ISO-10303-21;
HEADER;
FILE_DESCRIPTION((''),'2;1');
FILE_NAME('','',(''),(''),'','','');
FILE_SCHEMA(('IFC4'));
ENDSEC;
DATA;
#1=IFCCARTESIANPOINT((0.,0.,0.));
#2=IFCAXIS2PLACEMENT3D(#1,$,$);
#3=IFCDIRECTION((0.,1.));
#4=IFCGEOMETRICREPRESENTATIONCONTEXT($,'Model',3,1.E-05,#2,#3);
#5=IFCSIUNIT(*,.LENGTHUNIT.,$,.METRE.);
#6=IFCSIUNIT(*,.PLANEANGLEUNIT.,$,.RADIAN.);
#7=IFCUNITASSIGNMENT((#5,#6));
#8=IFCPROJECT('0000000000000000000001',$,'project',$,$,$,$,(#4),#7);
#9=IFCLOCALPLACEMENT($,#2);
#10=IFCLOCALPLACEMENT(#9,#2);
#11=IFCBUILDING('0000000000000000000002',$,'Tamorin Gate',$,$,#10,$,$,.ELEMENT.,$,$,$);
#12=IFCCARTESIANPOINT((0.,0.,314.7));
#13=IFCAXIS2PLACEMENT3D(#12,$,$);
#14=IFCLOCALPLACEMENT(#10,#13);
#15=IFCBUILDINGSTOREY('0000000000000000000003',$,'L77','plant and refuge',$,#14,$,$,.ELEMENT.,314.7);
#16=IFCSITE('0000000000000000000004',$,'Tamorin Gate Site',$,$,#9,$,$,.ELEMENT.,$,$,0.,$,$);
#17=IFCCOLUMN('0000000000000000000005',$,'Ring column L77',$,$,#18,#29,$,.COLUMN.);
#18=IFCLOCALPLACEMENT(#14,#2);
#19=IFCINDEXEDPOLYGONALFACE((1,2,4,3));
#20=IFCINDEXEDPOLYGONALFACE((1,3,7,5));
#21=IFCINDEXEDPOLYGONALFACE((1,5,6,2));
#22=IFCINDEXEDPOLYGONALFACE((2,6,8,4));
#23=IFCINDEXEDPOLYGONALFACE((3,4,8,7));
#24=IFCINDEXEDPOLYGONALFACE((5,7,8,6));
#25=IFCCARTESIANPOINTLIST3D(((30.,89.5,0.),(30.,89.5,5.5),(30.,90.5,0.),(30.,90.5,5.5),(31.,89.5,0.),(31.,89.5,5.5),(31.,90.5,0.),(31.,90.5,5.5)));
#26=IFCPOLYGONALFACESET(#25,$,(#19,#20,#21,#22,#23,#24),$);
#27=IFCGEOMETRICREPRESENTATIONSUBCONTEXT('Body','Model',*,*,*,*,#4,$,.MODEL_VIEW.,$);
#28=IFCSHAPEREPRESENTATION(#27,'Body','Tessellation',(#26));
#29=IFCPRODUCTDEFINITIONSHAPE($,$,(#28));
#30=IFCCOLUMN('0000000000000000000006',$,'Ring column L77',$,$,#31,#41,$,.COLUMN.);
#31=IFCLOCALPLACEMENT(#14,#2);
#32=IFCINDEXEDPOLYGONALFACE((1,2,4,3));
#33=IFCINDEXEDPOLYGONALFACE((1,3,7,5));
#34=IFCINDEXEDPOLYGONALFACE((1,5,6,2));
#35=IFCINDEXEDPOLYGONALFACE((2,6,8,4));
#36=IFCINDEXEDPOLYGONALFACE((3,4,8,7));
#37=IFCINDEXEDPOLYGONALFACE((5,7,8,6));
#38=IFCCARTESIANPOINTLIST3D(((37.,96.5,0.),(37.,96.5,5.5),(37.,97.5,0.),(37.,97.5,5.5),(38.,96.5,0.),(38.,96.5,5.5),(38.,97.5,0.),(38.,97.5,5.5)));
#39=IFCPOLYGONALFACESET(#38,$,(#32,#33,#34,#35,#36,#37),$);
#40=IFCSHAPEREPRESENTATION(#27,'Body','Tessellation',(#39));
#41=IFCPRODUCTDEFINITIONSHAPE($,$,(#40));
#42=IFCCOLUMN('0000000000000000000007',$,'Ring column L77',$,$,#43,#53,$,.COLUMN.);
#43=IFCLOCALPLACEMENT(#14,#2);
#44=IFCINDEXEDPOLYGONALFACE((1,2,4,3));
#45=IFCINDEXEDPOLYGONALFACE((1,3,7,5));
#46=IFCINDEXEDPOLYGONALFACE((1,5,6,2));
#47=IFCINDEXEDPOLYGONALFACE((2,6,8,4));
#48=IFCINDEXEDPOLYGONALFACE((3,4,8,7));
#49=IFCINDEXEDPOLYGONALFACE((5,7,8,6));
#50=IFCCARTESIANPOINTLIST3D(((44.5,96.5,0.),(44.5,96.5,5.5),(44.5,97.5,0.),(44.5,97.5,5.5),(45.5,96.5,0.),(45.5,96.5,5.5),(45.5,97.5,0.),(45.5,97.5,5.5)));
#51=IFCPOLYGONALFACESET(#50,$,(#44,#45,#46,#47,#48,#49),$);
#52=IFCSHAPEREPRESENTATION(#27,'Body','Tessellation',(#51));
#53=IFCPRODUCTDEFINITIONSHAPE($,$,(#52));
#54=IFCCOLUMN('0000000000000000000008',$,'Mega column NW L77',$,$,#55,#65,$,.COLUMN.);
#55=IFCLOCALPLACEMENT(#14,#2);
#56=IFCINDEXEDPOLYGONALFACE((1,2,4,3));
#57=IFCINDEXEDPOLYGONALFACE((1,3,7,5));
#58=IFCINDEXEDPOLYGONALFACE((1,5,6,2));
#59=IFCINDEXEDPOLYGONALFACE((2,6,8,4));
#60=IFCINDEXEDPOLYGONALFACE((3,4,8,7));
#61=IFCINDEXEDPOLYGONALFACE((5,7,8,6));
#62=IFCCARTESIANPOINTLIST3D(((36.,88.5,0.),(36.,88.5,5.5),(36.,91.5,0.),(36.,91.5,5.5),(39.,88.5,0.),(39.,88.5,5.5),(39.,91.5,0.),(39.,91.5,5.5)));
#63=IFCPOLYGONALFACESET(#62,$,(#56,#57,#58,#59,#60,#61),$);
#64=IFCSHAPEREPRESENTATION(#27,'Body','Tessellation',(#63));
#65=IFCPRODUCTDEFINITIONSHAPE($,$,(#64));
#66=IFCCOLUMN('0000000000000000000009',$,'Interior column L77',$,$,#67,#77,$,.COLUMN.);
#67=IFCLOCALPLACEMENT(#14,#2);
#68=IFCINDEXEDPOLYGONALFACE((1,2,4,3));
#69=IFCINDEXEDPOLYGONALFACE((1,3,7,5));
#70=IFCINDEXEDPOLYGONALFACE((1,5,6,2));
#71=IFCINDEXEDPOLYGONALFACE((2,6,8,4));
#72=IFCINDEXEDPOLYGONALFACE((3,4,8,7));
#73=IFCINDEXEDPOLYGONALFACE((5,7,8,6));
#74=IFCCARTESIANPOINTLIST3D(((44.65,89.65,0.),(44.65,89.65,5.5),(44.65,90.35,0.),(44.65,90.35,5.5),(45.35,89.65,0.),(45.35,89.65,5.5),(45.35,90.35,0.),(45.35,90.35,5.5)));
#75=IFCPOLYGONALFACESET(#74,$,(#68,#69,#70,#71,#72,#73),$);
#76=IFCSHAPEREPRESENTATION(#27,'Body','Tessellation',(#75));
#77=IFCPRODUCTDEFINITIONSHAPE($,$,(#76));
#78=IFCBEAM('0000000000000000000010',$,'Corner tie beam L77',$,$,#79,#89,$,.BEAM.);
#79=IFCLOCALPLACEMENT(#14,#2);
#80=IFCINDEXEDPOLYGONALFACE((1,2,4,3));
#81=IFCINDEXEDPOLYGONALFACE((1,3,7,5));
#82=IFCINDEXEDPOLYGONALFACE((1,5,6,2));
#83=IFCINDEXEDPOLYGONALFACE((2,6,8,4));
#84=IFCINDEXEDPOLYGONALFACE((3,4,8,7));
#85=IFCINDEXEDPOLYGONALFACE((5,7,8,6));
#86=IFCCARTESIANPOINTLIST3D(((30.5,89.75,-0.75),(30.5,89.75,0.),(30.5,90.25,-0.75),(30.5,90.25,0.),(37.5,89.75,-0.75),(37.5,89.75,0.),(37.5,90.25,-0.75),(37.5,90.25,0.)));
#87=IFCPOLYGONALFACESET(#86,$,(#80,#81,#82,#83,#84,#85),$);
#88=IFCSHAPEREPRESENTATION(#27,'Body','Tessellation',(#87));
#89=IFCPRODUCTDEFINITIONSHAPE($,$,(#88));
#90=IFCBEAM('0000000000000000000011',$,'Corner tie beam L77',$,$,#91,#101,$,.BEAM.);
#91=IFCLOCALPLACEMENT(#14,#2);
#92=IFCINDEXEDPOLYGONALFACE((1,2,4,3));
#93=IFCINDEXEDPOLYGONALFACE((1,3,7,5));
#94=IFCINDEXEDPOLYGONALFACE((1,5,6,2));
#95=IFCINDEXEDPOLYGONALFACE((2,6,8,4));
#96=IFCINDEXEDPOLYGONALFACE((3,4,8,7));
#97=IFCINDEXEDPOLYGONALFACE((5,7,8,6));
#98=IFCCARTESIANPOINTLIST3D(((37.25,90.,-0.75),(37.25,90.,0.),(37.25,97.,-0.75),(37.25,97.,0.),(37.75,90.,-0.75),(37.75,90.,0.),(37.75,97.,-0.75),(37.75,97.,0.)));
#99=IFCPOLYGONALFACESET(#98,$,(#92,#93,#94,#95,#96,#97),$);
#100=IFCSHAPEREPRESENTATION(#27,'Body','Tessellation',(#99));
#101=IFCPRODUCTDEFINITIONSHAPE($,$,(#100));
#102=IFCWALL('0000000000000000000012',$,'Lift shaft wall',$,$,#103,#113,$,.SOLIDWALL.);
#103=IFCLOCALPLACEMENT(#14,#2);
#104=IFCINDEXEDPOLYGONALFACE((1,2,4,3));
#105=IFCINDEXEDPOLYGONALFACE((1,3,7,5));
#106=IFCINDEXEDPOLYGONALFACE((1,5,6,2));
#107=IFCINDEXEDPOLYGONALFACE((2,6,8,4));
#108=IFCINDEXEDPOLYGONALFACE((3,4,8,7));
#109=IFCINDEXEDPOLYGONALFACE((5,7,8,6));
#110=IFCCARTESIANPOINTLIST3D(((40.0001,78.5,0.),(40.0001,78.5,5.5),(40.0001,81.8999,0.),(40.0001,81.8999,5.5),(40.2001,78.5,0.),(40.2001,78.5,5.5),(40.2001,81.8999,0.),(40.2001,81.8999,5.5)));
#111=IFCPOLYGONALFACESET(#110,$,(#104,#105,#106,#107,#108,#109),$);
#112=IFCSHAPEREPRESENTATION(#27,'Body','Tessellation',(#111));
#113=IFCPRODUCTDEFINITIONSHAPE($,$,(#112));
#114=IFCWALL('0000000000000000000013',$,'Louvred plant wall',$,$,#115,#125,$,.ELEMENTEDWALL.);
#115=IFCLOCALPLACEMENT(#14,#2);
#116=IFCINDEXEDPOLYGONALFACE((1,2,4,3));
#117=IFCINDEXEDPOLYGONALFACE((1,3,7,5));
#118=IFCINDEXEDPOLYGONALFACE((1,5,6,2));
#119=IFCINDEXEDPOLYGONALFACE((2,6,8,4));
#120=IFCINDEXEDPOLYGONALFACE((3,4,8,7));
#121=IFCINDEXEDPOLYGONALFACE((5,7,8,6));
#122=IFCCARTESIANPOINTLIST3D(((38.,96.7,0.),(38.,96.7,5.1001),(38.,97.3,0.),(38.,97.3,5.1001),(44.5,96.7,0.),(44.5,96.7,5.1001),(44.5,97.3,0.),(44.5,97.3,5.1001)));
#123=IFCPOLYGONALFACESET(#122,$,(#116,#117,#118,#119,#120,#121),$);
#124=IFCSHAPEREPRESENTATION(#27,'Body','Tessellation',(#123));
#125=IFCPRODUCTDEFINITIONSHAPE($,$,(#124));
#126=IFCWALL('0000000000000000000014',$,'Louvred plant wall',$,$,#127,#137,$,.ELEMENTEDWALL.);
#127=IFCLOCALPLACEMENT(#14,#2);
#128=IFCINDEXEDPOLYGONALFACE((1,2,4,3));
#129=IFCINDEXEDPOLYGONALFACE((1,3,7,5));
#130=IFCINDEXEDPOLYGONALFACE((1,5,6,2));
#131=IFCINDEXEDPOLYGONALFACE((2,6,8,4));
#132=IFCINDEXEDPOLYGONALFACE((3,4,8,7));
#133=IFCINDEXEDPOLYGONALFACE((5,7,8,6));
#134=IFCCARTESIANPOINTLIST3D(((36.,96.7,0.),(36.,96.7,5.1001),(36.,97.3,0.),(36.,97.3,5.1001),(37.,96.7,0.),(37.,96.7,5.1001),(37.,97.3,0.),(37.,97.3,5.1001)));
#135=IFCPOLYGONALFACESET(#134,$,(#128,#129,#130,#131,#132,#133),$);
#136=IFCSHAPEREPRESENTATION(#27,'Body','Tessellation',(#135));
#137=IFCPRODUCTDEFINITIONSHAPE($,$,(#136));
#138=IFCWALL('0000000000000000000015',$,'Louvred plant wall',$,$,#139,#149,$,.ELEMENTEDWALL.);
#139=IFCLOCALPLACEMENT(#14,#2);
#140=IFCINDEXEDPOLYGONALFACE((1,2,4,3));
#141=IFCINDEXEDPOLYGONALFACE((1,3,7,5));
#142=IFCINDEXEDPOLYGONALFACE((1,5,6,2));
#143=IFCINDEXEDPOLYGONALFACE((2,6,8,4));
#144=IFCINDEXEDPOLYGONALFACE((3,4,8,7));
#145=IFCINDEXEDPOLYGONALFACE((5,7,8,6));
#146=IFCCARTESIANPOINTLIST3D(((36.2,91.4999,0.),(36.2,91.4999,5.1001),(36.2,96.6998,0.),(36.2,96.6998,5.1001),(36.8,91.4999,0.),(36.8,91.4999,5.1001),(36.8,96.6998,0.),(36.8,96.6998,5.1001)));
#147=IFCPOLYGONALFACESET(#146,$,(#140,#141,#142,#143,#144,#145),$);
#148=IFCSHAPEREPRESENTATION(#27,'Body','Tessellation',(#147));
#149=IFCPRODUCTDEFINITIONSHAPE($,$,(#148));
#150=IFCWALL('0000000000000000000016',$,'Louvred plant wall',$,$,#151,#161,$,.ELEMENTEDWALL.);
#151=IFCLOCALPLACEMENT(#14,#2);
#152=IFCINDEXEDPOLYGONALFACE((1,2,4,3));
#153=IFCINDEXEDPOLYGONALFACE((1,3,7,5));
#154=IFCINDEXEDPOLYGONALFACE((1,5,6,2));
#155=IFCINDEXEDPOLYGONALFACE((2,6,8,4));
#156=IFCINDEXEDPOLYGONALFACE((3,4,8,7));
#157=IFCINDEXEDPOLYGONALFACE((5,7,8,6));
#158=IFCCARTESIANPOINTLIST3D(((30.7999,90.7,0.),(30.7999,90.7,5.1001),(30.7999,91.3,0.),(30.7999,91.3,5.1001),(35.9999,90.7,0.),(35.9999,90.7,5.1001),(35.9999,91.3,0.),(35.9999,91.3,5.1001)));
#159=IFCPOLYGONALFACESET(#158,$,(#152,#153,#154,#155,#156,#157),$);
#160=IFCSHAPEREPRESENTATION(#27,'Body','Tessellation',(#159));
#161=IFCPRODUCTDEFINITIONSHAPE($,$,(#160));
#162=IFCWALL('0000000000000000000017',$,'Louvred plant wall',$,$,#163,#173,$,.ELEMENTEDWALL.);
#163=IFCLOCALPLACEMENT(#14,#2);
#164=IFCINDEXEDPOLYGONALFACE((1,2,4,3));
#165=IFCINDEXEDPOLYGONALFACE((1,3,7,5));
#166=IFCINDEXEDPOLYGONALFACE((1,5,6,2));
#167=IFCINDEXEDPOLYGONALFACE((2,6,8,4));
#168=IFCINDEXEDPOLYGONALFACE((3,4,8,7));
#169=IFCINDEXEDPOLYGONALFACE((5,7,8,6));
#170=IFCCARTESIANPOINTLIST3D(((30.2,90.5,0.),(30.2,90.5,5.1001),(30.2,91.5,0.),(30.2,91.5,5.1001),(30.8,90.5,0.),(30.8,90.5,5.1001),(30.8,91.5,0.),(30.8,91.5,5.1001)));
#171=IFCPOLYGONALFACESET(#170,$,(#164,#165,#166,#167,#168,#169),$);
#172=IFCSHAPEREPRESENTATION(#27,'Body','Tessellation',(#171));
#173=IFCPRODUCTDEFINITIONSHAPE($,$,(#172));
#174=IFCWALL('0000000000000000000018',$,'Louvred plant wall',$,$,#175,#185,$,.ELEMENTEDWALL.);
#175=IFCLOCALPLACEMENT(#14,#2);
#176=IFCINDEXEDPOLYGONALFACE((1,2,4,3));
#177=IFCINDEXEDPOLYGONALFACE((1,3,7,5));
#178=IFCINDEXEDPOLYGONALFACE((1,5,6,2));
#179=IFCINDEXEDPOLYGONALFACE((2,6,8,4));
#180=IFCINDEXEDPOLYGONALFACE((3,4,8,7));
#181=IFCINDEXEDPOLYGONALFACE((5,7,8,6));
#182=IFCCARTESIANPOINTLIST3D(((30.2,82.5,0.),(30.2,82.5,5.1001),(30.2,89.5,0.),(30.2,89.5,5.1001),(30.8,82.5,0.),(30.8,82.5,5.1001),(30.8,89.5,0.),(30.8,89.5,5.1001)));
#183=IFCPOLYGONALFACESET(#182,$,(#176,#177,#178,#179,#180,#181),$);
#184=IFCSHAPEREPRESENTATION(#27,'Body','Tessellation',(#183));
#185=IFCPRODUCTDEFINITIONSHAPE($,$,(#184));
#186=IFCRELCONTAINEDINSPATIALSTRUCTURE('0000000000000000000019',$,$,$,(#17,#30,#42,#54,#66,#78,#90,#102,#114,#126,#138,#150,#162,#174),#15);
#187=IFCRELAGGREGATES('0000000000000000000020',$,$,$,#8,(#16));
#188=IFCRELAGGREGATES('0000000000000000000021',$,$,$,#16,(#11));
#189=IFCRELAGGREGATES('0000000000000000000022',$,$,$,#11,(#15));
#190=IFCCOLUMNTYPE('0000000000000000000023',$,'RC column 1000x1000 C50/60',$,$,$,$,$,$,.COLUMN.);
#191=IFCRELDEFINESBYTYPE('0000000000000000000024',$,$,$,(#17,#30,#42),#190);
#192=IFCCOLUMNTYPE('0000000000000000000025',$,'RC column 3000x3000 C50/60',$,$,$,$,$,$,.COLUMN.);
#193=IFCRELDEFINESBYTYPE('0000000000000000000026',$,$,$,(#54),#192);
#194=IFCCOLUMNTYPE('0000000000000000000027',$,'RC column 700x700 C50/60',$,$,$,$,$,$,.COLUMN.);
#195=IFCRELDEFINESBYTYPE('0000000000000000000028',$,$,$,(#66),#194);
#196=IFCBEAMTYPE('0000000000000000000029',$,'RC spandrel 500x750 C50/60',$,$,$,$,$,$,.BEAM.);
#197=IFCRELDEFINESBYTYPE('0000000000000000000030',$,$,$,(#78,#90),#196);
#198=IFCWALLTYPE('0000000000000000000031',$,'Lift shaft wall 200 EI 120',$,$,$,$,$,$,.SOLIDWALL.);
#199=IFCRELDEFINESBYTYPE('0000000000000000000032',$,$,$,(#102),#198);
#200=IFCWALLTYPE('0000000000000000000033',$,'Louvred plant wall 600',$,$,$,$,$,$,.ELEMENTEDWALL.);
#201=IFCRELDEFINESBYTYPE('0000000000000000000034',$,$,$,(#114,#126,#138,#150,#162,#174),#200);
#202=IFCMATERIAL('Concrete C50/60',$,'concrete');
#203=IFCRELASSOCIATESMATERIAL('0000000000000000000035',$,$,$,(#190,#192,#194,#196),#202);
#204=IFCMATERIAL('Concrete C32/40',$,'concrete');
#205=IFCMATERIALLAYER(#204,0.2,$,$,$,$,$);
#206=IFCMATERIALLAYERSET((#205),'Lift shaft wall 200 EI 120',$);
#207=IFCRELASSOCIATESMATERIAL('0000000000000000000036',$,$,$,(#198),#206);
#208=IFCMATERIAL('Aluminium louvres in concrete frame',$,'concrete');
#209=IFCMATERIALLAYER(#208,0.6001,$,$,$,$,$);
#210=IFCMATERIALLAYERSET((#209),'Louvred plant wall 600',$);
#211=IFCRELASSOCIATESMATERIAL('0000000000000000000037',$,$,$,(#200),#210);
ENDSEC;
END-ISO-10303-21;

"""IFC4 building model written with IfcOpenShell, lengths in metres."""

from ifc_helpers import new_model, si_unit, direction, frame, frame_2d, origin, origin_2d, place, context, subcontext, project, spatial, rectangle, extrude, material, layer, layer_set, material_profile, profile_set, type_object, element, save


model = new_model("IFC4")

# Units and contexts
model_context = context("Model", 3, precision=1e-05, world=origin(), true_north=direction((0.0, 1.0)))
body_context = subcontext(model_context, "Body", "Model", "MODEL_VIEW")
ifc_project = project(units=[si_unit("LENGTHUNIT", "METRE"), si_unit("PLANEANGLEUNIT", "RADIAN")], contexts=[model_context])

# Site, building, storey
site_placement = place(None, origin())
site = spatial("IfcSite", under=ifc_project, at=site_placement, Name="Tamorin Gate Site", CompositionType="ELEMENT", RefElevation=0.0)
building_placement = place(site_placement, origin())
building = spatial("IfcBuilding", under=site, at=building_placement, Name="Tamorin Gate", CompositionType="ELEMENT")
storey_placement = place(building_placement, frame((0.0, 0.0, 314.7)))
storey = spatial("IfcBuildingStorey", under=building, at=storey_placement, Name="L77", Description="plant and refuge", CompositionType="ELEMENT", Elevation=314.7)

# Columns
ifc_material_1 = material(Name="Concrete C50/60", Category="concrete")
ifc_material_profile_1 = material_profile(ifc_material_1, rectangle(XDim=1.0, YDim=1.0, at=origin_2d()), Name="RC 1000x1000")
ifc_profile_set_1 = profile_set([ifc_material_profile_1], Name="Concrete C50/60")
column_type_1 = type_object("IfcColumnType", Name="RC column 1000x1000 C50/60", PredefinedType="COLUMN", material=ifc_profile_set_1)
for number, where, z_axis, x_axis, name in (
    (1, (30.5, 90.0, 0.0), (0.0, 0.0, 1.0), (1.0, 0.0, 0.0), "Ring column L77"),
    (2, (37.5, 97.0, 0.0), (0.0, 0.0, 1.0), (1.0, 0.0, 0.0), "Ring column L77"),
    (3, (45.0, 97.0, 0.0), (0.0, 0.0, 1.0), (1.0, 0.0, 0.0), "Ring column L77"),
):
    element("IfcColumn", number, at=place(storey_placement, frame(where, z_axis=z_axis, x_axis=x_axis)), inside=storey, type_object=column_type_1, Name=name, PredefinedType="COLUMN", context=body_context, shape_type="SweptSolid", body=[
        extrude(rectangle(XDim=1.0, YDim=1.0, at=origin_2d()), origin(), (0.0, 0.0, 1.0), 5.5),
    ])
ifc_material_profile_2 = material_profile(ifc_material_1, rectangle(XDim=3.0, YDim=3.0, at=origin_2d()), Name="RC 3000x3000")
ifc_profile_set_2 = profile_set([ifc_material_profile_2], Name="Concrete C50/60")
column_type_2 = type_object("IfcColumnType", Name="RC column 3000x3000 C50/60", PredefinedType="COLUMN", material=ifc_profile_set_2)
column_1_placement = place(storey_placement, frame((37.5, 90.0, 0.0), z_axis=(0.0, 0.0, 1.0), x_axis=(1.0, 0.0, 0.0)))
element("IfcColumn", 4, at=column_1_placement, inside=storey, type_object=column_type_2, Name="Mega column NW L77", PredefinedType="COLUMN", context=body_context, shape_type="SweptSolid", body=[
    extrude(rectangle(XDim=3.0, YDim=3.0, at=origin_2d()), origin(), (0.0, 0.0, 1.0), 5.5),
])
ifc_material_profile_3 = material_profile(ifc_material_1, rectangle(XDim=0.7, YDim=0.7, at=origin_2d()), Name="RC 700x700")
ifc_profile_set_3 = profile_set([ifc_material_profile_3], Name="Concrete C50/60")
column_type_3 = type_object("IfcColumnType", Name="RC column 700x700 C50/60", PredefinedType="COLUMN", material=ifc_profile_set_3)
column_2_placement = place(storey_placement, frame((45.0, 90.0, 0.0), z_axis=(0.0, 0.0, 1.0), x_axis=(1.0, 0.0, 0.0)))
element("IfcColumn", 5, at=column_2_placement, inside=storey, type_object=column_type_3, Name="Interior column L77", PredefinedType="COLUMN", context=body_context, shape_type="SweptSolid", body=[
    extrude(rectangle(XDim=0.7, YDim=0.7, at=origin_2d()), origin(), (0.0, 0.0, 1.0), 5.5),
])

# Beams
ifc_material_profile_4 = material_profile(ifc_material_1, rectangle(XDim=0.5, YDim=0.75, at=origin_2d()), Name="RC 500x750")
ifc_profile_set_4 = profile_set([ifc_material_profile_4], Name="Concrete C50/60")
beam_type = type_object("IfcBeamType", Name="RC spandrel 500x750 C50/60", PredefinedType="BEAM", material=ifc_profile_set_4)
for number, where, z_axis, x_axis, name in (
    (6, (37.5, 90.0, -0.375), (-1.0, 0.0, 0.0), (0.0, -1.0, 0.0), "Corner tie beam L77"),
    (7, (37.5, 90.0, -0.375), (0.0, 1.0, 0.0), (-1.0, 0.0, 0.0), "Corner tie beam L77"),
):
    element("IfcBeam", number, at=place(storey_placement, frame(where, z_axis=z_axis, x_axis=x_axis)), inside=storey, type_object=beam_type, Name=name, PredefinedType="BEAM", context=body_context, shape_type="SweptSolid", body=[
        extrude(rectangle(XDim=0.5, YDim=0.75, at=origin_2d()), origin(), (0.0, 0.0, 1.0), 7.0),
    ])

# Walls
ifc_material_2 = material(Name="Concrete C32/40", Category="concrete")
ifc_layer_1 = layer(ifc_material_2, 0.2)
ifc_layer_set_1 = layer_set([ifc_layer_1], Name="Lift shaft wall 200 EI 120")
wall_type_1 = type_object("IfcWallType", Name="Lift shaft wall 200 EI 120", PredefinedType="SOLIDWALL", material=ifc_layer_set_1)
wall_1_placement = place(storey_placement, frame((40.1001, 78.5, 0.0), z_axis=(0.0, 0.0, 1.0), x_axis=(0.0, 1.0, 0.0)))
element("IfcWall", 8, at=wall_1_placement, inside=storey, type_object=wall_type_1, Name="Lift shaft wall", PredefinedType="SOLIDWALL", context=body_context, shape_type="SweptSolid", body=[
    extrude(rectangle(XDim=3.3999, YDim=0.2, at=frame_2d((1.7, 0.0))), origin(), (0.0, 0.0, 1.0), 5.5),
])
ifc_material_3 = material(Name="Aluminium louvres in concrete frame", Category="concrete")
ifc_layer_2 = layer(ifc_material_3, 0.6001)
ifc_layer_set_2 = layer_set([ifc_layer_2], Name="Louvred plant wall 600")
wall_type_2 = type_object("IfcWallType", Name="Louvred plant wall 600", PredefinedType="ELEMENTEDWALL", material=ifc_layer_set_2)
wall_2_placement = place(storey_placement, frame((44.5, 97.0, 0.0), z_axis=(0.0, 0.0, 1.0), x_axis=(-1.0, 0.0, 0.0)))
element("IfcWall", 9, at=wall_2_placement, inside=storey, type_object=wall_type_2, Name="Louvred plant wall", PredefinedType="ELEMENTEDWALL", context=body_context, shape_type="SweptSolid", body=[
    extrude(rectangle(XDim=6.5, YDim=0.6001, at=frame_2d((3.25, 0.0))), origin(), (0.0, 0.0, 1.0), 5.1001),
])
wall_3_placement = place(storey_placement, frame((37.0, 97.0, 0.0), z_axis=(0.0, 0.0, 1.0), x_axis=(-1.0, 0.0, 0.0)))
element("IfcWall", 10, at=wall_3_placement, inside=storey, type_object=wall_type_2, Name="Louvred plant wall", PredefinedType="ELEMENTEDWALL", context=body_context, shape_type="SweptSolid", body=[
    extrude(rectangle(XDim=1.0, YDim=0.6001, at=frame_2d((0.5, 0.0))), origin(), (0.0, 0.0, 1.0), 5.1001),
])
for number, where, z_axis, x_axis, name in (
    (11, (36.5, 96.7, 0.0), (0.0, 0.0, 1.0), (0.0, -1.0, 0.0), "Louvred plant wall"),
    (12, (36.0, 91.0, 0.0), (0.0, 0.0, 1.0), (-1.0, 0.0, 0.0), "Louvred plant wall"),
):
    element("IfcWall", number, at=place(storey_placement, frame(where, z_axis=z_axis, x_axis=x_axis)), inside=storey, type_object=wall_type_2, Name=name, PredefinedType="ELEMENTEDWALL", context=body_context, shape_type="SweptSolid", body=[
        extrude(rectangle(XDim=5.2, YDim=0.6001, at=frame_2d((2.6001, 0.0))), origin(), (0.0, 0.0, 1.0), 5.1001),
    ])
wall_4_placement = place(storey_placement, frame((30.5, 91.5, 0.0), z_axis=(0.0, 0.0, 1.0), x_axis=(0.0, -1.0, 0.0)))
element("IfcWall", 13, at=wall_4_placement, inside=storey, type_object=wall_type_2, Name="Louvred plant wall", PredefinedType="ELEMENTEDWALL", context=body_context, shape_type="SweptSolid", body=[
    extrude(rectangle(XDim=1.0, YDim=0.6001, at=frame_2d((0.5, 0.0))), origin(), (0.0, 0.0, 1.0), 5.1001),
])
wall_5_placement = place(storey_placement, frame((30.5, 89.5, 0.0), z_axis=(0.0, 0.0, 1.0), x_axis=(0.0, -1.0, 0.0)))
element("IfcWall", 14, at=wall_5_placement, inside=storey, type_object=wall_type_2, Name="Louvred plant wall", PredefinedType="ELEMENTEDWALL", context=body_context, shape_type="SweptSolid", body=[
    extrude(rectangle(XDim=7.0, YDim=0.6001, at=frame_2d((3.5, 0.0))), origin(), (0.0, 0.0, 1.0), 5.1001),
])

save(model, "model.ifc")
